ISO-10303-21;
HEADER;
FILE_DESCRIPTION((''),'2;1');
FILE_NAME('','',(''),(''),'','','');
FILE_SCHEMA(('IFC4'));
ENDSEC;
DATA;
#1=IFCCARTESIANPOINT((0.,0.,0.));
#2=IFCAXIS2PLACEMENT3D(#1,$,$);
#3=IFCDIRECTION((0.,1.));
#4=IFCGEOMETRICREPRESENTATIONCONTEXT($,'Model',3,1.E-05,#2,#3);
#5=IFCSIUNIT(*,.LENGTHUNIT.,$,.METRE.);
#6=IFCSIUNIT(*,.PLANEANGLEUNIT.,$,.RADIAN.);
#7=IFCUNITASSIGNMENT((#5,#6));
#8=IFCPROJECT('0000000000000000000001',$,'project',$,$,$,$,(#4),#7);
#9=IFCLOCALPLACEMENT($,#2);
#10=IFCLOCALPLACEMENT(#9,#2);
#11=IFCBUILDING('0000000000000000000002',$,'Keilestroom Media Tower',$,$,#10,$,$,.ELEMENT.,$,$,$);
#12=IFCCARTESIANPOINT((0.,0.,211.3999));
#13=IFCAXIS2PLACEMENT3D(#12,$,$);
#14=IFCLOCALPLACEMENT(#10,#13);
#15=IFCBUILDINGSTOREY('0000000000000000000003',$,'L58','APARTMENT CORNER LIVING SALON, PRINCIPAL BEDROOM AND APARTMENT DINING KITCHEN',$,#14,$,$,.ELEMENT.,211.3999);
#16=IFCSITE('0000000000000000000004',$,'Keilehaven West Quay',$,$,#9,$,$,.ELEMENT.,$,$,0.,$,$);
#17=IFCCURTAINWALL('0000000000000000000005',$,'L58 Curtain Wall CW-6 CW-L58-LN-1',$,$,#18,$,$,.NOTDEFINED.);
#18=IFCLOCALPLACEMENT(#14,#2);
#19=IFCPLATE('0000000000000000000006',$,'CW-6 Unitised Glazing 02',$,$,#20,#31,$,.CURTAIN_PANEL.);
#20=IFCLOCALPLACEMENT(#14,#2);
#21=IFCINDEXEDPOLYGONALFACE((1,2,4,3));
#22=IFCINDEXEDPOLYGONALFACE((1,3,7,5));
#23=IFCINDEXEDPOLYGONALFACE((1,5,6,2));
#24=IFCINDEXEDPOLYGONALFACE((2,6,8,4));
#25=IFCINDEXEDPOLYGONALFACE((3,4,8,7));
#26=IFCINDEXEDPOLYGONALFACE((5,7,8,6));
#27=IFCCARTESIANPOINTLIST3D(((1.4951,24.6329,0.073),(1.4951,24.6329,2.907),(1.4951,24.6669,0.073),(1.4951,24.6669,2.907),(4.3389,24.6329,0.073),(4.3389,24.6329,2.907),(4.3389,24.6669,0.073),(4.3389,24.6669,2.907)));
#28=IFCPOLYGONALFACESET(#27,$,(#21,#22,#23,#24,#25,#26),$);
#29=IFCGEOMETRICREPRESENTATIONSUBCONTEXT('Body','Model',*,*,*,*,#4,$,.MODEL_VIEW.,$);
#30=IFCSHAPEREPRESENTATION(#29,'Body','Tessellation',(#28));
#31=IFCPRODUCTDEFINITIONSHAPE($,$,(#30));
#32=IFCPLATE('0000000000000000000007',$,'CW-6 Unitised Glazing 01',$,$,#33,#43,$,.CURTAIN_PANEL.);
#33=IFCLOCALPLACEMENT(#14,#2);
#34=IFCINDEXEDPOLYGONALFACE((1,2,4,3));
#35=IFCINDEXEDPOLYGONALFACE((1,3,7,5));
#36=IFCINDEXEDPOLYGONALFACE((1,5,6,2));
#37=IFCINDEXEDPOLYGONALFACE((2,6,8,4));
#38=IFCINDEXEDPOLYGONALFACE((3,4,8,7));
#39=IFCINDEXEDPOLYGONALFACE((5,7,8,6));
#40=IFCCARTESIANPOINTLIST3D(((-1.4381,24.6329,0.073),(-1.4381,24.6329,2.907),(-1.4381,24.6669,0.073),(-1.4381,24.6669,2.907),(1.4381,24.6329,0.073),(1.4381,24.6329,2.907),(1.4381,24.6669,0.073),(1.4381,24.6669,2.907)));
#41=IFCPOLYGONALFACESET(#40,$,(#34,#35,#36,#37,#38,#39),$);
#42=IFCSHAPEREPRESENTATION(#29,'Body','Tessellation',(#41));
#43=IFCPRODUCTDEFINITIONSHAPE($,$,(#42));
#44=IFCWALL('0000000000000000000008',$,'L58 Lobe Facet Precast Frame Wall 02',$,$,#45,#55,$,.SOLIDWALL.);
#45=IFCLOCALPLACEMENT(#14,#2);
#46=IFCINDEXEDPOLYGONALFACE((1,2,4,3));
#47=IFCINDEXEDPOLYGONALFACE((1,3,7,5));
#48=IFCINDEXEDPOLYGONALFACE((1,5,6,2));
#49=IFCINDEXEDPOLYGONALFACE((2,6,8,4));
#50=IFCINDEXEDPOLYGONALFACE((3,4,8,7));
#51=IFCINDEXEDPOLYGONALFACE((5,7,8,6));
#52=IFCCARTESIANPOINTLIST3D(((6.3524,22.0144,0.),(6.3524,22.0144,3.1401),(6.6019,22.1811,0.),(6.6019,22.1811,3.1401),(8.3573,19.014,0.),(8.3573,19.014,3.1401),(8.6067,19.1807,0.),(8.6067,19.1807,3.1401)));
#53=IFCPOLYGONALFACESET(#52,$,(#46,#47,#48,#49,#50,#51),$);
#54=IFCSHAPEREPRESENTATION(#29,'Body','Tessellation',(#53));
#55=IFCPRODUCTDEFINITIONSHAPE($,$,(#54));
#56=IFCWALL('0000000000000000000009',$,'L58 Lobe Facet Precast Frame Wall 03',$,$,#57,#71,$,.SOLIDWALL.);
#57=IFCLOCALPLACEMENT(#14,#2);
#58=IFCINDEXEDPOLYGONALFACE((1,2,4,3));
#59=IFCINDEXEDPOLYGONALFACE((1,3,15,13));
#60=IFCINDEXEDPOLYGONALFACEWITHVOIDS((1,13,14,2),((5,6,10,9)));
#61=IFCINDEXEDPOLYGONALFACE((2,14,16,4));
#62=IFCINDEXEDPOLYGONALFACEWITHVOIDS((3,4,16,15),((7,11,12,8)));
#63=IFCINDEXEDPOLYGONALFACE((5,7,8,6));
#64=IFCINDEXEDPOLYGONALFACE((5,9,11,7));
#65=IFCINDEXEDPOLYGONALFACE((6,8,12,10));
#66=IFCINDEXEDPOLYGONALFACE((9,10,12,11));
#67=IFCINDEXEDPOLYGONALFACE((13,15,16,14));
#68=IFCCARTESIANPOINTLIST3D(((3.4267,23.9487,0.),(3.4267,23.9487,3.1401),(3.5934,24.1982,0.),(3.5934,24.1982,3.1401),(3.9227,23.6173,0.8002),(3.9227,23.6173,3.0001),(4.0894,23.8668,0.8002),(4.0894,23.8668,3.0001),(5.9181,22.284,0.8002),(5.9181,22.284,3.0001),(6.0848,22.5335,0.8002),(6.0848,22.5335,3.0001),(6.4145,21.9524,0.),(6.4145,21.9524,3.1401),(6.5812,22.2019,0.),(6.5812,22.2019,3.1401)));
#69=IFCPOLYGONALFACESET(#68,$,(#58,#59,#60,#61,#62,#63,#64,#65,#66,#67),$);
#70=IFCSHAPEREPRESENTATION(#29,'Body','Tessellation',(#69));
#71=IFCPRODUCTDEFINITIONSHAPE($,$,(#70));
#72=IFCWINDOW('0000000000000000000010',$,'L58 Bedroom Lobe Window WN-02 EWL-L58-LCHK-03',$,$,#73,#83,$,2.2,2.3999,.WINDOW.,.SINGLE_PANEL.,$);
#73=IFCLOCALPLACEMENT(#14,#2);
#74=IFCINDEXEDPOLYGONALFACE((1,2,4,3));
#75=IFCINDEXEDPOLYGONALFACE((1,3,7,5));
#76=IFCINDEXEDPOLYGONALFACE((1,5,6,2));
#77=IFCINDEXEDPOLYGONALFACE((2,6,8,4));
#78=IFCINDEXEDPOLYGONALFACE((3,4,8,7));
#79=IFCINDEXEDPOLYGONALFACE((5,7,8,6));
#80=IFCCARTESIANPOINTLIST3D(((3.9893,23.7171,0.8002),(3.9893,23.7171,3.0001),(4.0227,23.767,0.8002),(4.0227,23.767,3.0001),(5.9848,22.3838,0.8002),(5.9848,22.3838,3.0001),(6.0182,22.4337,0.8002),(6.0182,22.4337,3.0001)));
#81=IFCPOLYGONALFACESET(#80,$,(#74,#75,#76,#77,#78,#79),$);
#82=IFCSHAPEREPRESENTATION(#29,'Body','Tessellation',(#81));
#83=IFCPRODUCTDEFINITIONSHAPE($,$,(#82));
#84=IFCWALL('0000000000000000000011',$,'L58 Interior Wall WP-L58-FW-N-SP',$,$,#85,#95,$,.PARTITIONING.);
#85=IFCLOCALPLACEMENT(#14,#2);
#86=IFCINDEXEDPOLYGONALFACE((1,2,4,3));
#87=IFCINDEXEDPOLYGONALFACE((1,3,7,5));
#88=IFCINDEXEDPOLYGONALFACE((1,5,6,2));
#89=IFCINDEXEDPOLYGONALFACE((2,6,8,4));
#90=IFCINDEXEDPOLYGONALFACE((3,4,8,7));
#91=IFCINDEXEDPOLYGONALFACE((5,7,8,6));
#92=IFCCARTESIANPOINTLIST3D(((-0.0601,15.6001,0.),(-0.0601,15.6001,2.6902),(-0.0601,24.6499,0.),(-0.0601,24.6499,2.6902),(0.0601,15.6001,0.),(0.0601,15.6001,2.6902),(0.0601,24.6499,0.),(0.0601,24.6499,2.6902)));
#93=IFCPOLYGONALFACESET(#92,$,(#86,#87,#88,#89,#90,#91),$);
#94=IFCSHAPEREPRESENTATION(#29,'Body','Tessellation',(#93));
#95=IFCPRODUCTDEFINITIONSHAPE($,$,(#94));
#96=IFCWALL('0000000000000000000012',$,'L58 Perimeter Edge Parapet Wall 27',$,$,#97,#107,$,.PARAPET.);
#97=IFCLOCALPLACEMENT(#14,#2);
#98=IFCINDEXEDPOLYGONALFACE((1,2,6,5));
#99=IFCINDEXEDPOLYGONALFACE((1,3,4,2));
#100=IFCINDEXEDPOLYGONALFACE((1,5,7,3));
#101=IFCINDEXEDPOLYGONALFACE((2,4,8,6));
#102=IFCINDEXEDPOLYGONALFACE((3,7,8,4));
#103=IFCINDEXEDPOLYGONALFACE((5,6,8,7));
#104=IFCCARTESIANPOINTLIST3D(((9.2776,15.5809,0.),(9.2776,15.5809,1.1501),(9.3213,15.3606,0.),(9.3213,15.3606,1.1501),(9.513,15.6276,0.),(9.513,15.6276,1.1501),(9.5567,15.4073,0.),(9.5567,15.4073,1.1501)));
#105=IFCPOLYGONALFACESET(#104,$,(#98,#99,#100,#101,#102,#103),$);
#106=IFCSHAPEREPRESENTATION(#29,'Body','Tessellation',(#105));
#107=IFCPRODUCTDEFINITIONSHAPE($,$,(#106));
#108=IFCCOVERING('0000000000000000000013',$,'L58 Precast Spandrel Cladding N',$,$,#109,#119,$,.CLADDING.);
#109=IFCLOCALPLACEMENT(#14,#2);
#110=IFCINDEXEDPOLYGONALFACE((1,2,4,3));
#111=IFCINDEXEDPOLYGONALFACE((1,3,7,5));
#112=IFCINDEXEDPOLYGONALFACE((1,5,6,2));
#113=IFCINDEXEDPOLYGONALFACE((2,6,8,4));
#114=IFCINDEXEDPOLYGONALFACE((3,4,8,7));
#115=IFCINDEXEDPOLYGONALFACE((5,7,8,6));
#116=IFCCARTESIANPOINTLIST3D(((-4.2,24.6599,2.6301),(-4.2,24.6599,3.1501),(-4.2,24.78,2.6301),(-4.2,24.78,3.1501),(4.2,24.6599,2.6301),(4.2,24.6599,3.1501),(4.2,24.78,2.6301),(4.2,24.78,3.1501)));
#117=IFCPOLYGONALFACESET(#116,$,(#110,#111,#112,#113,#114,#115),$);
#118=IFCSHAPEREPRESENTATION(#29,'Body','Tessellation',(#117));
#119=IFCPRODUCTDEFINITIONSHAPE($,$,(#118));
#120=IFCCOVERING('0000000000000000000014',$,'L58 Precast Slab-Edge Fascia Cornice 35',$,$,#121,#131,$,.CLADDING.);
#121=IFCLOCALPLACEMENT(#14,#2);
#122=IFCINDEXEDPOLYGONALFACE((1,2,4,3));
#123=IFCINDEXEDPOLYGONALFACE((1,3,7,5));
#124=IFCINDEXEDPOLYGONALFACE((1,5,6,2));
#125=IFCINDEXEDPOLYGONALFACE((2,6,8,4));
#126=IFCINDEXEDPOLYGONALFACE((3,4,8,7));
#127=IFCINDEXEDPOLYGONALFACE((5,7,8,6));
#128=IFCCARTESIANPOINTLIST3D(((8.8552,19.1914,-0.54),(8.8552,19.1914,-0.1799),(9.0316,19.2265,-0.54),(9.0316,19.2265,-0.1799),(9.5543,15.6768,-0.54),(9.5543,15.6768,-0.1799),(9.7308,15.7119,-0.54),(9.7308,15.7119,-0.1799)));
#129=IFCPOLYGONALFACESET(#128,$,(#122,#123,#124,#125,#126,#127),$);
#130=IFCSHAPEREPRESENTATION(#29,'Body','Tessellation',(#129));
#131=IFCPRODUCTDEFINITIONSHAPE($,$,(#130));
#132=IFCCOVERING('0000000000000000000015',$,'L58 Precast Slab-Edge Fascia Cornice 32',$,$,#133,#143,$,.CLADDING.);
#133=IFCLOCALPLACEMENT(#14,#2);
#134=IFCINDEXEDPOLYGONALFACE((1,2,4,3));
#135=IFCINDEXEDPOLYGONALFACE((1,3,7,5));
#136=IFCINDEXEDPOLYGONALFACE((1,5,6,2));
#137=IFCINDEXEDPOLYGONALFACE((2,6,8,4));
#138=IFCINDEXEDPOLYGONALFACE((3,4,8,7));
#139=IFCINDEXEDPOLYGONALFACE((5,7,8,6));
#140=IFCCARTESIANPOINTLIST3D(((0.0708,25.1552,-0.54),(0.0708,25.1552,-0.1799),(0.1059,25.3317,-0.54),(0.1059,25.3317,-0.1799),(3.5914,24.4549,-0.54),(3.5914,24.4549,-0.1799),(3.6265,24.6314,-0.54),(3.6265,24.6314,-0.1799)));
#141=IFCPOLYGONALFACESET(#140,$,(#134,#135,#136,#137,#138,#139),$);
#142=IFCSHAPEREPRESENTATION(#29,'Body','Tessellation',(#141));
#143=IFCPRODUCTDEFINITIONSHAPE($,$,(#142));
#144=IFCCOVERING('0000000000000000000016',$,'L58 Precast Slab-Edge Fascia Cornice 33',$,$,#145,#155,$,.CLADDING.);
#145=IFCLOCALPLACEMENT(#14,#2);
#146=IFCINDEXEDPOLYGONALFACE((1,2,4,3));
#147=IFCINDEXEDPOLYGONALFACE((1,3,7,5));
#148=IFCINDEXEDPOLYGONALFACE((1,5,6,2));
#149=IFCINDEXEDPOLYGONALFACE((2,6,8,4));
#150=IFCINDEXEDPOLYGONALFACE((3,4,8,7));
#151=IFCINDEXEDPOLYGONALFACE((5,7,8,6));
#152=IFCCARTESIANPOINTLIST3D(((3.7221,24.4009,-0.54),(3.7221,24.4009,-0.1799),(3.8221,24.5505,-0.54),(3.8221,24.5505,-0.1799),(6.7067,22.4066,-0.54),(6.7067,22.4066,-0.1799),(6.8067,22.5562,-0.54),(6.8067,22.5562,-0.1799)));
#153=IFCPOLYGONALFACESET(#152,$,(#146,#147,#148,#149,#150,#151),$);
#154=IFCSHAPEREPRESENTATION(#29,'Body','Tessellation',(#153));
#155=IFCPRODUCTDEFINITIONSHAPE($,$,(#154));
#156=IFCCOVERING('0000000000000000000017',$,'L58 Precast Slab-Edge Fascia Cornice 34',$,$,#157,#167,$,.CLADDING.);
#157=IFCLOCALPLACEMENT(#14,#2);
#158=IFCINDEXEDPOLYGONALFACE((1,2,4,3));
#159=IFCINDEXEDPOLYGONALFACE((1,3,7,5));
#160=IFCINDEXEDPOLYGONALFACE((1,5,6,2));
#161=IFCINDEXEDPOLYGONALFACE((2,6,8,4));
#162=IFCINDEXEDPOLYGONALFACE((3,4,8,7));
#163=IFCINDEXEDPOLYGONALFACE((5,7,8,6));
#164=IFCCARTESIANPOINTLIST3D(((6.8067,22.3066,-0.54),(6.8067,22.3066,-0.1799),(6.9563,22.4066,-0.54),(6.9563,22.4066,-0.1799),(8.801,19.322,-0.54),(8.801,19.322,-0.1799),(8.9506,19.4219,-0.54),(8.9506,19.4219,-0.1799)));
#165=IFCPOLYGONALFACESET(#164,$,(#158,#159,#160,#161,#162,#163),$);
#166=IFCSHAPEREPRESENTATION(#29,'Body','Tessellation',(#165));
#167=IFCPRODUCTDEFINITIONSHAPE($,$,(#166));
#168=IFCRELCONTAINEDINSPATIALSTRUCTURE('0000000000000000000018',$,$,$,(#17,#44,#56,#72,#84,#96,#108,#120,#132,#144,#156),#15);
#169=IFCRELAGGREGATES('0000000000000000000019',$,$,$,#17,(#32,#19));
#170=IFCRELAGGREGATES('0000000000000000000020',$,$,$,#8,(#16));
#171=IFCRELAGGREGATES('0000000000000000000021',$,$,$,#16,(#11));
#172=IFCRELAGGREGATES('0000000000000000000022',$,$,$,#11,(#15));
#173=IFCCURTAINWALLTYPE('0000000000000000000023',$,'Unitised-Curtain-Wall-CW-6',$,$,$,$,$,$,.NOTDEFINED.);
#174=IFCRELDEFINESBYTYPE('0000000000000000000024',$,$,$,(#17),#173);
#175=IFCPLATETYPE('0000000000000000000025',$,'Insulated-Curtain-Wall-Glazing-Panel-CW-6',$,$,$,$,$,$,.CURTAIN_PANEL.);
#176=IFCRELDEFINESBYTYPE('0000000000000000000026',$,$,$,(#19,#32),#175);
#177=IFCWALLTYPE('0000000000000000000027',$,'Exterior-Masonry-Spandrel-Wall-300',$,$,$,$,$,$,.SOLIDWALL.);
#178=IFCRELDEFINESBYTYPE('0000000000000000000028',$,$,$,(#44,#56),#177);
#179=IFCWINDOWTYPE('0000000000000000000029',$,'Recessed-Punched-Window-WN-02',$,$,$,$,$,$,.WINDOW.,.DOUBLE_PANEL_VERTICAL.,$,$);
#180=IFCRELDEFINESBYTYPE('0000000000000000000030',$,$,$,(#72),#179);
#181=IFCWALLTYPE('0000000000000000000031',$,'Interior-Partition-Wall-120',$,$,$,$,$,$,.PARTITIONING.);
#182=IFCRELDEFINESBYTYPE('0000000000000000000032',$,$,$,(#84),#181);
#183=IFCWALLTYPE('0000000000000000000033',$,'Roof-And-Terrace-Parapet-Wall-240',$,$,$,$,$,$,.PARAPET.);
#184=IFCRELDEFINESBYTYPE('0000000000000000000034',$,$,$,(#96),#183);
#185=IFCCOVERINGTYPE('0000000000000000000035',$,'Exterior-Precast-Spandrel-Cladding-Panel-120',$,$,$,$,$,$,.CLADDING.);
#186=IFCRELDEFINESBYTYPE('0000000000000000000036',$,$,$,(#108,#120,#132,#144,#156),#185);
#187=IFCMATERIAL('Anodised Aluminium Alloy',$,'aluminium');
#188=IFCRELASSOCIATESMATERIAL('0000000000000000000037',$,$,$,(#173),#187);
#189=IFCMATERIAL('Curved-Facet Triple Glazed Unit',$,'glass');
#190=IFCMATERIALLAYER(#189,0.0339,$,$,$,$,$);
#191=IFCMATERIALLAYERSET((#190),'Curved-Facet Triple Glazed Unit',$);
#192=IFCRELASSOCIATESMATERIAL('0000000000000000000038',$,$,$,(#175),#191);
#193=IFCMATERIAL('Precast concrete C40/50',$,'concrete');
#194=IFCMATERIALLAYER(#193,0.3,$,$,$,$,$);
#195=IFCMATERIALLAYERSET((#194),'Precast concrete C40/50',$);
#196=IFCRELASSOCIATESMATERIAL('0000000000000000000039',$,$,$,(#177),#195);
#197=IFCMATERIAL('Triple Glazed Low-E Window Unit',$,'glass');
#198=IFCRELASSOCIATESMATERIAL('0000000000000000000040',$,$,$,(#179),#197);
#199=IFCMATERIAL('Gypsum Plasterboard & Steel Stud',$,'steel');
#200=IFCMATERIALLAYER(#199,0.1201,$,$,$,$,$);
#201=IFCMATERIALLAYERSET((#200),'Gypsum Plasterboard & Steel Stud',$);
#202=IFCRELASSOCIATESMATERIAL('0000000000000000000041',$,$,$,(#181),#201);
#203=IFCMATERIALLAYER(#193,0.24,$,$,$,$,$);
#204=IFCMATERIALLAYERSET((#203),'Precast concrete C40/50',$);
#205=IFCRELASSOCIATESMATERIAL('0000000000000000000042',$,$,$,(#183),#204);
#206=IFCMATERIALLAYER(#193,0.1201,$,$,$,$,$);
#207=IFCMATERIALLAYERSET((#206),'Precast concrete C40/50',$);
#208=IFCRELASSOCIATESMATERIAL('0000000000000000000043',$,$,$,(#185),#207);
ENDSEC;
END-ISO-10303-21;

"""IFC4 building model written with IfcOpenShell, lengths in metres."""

from ifc_helpers import new_model, si_unit, direction, frame, frame_2d, origin, origin_2d, place, context, subcontext, project, spatial, rectangle, extrude, source, transform, mapped, material, layer, layer_set, type_object, element, fill, aggregate, save


model = new_model("IFC4")

# Units and contexts
model_context = context("Model", 3, precision=1e-05, world=origin(), true_north=direction((0.0, 1.0)))
body_context = subcontext(model_context, "Body", "Model", "MODEL_VIEW")
ifc_project = project(units=[si_unit("LENGTHUNIT", "METRE"), si_unit("PLANEANGLEUNIT", "RADIAN")], contexts=[model_context])

# Site, building, storey
site_placement = place(None, origin())
site = spatial("IfcSite", under=ifc_project, at=site_placement, Name="Keilehaven West Quay", CompositionType="ELEMENT", RefElevation=0.0)
building_placement = place(site_placement, origin())
building = spatial("IfcBuilding", under=site, at=building_placement, Name="Keilestroom Media Tower", CompositionType="ELEMENT")
storey_placement = place(building_placement, frame((0.0, 0.0, 211.3999)))
storey = spatial("IfcBuildingStorey", under=building, at=storey_placement, Name="L58", Description="APARTMENT CORNER LIVING SALON, PRINCIPAL BEDROOM AND APARTMENT DINING KITCHEN", CompositionType="ELEMENT", Elevation=211.3999)

# Curtain wall, plates
ifc_material_1 = material(Name="Anodised Aluminium Alloy", Category="aluminium")
curtain_wall_type = type_object("IfcCurtainWallType", Name="Unitised-Curtain-Wall-CW-6", PredefinedType="NOTDEFINED", material=ifc_material_1)
curtain_wall_placement = place(storey_placement, origin())
curtain_wall = element("IfcCurtainWall", 1, at=curtain_wall_placement, inside=storey, type_object=curtain_wall_type, Name="L58 Curtain Wall CW-6 CW-L58-LN-1", PredefinedType="NOTDEFINED")
ifc_material_2 = material(Name="Curved-Facet Triple Glazed Unit", Category="glass")
ifc_layer_1 = layer(ifc_material_2, 0.0339)
ifc_layer_set_1 = layer_set([ifc_layer_1], Name="Curved-Facet Triple Glazed Unit")
plate_type = type_object("IfcPlateType", Name="Insulated-Curtain-Wall-Glazing-Panel-CW-6", PredefinedType="CURTAIN_PANEL", material=ifc_layer_set_1)
shared_shape_1 = source(origin(), body_context, "Body", "SweptSolid", [
    extrude(rectangle(XDim=2.8438, YDim=0.0339, at=origin_2d()), origin(), (0.0, 0.0, 1.0), 2.834),
])
plate_1_placement = place(storey_placement, frame((2.917, 24.6499, 0.073), z_axis=(0.0, 0.0, 1.0), x_axis=(1.0, 0.0, 0.0)))
plate_1 = element("IfcPlate", 2, at=plate_1_placement, type_object=plate_type, Name="CW-6 Unitised Glazing 02", PredefinedType="CURTAIN_PANEL", context=body_context, shape_type="MappedRepresentation", body=[
    mapped(shared_shape_1, transform((0.0, 0.0, 0.0), x_axis=(1.0, 0.0, 0.0), y_axis=(0.0, 1.0, 0.0), z_axis=(0.0, 0.0, 1.0), scale=1.0)),
])
shared_shape_2 = source(origin(), body_context, "Body", "SweptSolid", [
    extrude(rectangle(XDim=2.8762, YDim=0.0339, at=origin_2d()), origin(), (0.0, 0.0, 1.0), 2.834),
])
plate_2_placement = place(storey_placement, frame((0.0, 24.6499, 0.073), z_axis=(0.0, 0.0, 1.0), x_axis=(1.0, 0.0, 0.0)))
plate_2 = element("IfcPlate", 3, at=plate_2_placement, type_object=plate_type, Name="CW-6 Unitised Glazing 01", PredefinedType="CURTAIN_PANEL", context=body_context, shape_type="MappedRepresentation", body=[
    mapped(shared_shape_2, transform((0.0, 0.0, 0.0), x_axis=(1.0, 0.0, 0.0), y_axis=(0.0, 1.0, 0.0), z_axis=(0.0, 0.0, 1.0), scale=1.0)),
])
aggregate(curtain_wall, [plate_2, plate_1])

# Wall
ifc_material_3 = material(Name="Precast concrete C40/50", Category="concrete")
ifc_layer_2 = layer(ifc_material_3, 0.3)
ifc_layer_set_2 = layer_set([ifc_layer_2], Name="Precast concrete C40/50")
wall_type_1 = type_object("IfcWallType", Name="Exterior-Masonry-Spandrel-Wall-300", PredefinedType="SOLIDWALL", material=ifc_layer_set_2)
wall_1_placement = place(storey_placement, frame((8.4819, 19.0974, 0.0), z_axis=(0.0, 0.0, 1.0), x_axis=(-0.555574, 0.831467, 0.0)))
element("IfcWall", 4, at=wall_1_placement, inside=storey, type_object=wall_type_1, Name="L58 Lobe Facet Precast Frame Wall 02", PredefinedType="SOLIDWALL", context=body_context, shape_type="SweptSolid", body=[
    extrude(rectangle(XDim=3.6086, YDim=0.3, at=frame_2d((1.8042, 0.0))), origin(), (0.0, 0.0, 1.0), 3.1401),
])

# Wall, opening, window
wall_2_placement = place(storey_placement, frame((6.4978, 22.0771, 0.0), z_axis=(0.0, 0.0, 1.0), x_axis=(-0.831475, 0.555562, 0.0)))
wall_2 = element("IfcWall", 5, at=wall_2_placement, inside=storey, type_object=wall_type_1, Name="L58 Lobe Facet Precast Frame Wall 03", PredefinedType="SOLIDWALL", context=body_context, shape_type="SweptSolid", body=[
    extrude(rectangle(XDim=3.5933, YDim=0.3, at=frame_2d((1.7966, 0.0))), origin(), (0.0, 0.0, 1.0), 3.1401),
])
opening_placement = place(wall_2_placement, frame((0.5969, 0.0, 0.8)))
opening = element("IfcOpeningElement", 6, at=opening_placement, cuts=wall_2, PredefinedType="OPENING", context=body_context, shape_type="SweptSolid", body=[
    extrude(rectangle(XDim=2.3999, YDim=2.2, at=frame_2d((1.2, 1.1001))), frame((0.0, 0.1602, 0.0), z_axis=(0.0, -1.0, 0.0), x_axis=(1.0, 0.0, 0.0)), (0.0, 0.0, 1.0), 0.3201),
])
ifc_material_4 = material(Name="Triple Glazed Low-E Window Unit", Category="glass")
window_type = type_object("IfcWindowType", Name="Recessed-Punched-Window-WN-02", PartitioningType="DOUBLE_PANEL_VERTICAL", PredefinedType="WINDOW", material=ifc_material_4)
shared_shape_3 = source(origin(), body_context, "Body", "SweptSolid", [
    extrude(rectangle(XDim=2.3999, YDim=2.2, at=frame_2d((1.2, 1.1001))), frame((0.0, 0.03, 0.0), z_axis=(0.0, -1.0, 0.0), x_axis=(1.0, 0.0, 0.0)), (0.0, 0.0, 1.0), 0.0601),
])
window_placement = place(opening_placement, origin())
window = element("IfcWindow", 7, at=window_placement, inside=storey, type_object=window_type, Name="L58 Bedroom Lobe Window WN-02 EWL-L58-LCHK-03", OverallHeight=2.2, OverallWidth=2.3999, PartitioningType="SINGLE_PANEL", PredefinedType="WINDOW", context=body_context, shape_type="MappedRepresentation", body=[
    mapped(shared_shape_3, transform((0.0, 0.0, 0.0), x_axis=(1.0, 0.0, 0.0), y_axis=(0.0, 1.0, 0.0), z_axis=(0.0, 0.0, 1.0), scale=1.0)),
])
fill(opening, window)

# Walls
ifc_material_5 = material(Name="Gypsum Plasterboard & Steel Stud", Category="steel")
ifc_layer_3 = layer(ifc_material_5, 0.1201)
ifc_layer_set_3 = layer_set([ifc_layer_3], Name="Gypsum Plasterboard & Steel Stud")
wall_type_2 = type_object("IfcWallType", Name="Interior-Partition-Wall-120", PredefinedType="PARTITIONING", material=ifc_layer_set_3)
wall_3_placement = place(storey_placement, frame((0.0, 15.6001, 0.0), z_axis=(0.0, 0.0, 1.0), x_axis=(0.0, 1.0, 0.0)))
element("IfcWall", 8, at=wall_3_placement, inside=storey, type_object=wall_type_2, Name="L58 Interior Wall WP-L58-FW-N-SP", PredefinedType="PARTITIONING", context=body_context, shape_type="SweptSolid", body=[
    extrude(rectangle(XDim=9.0498, YDim=0.1201, at=frame_2d((4.5249, 0.0))), origin(), (0.0, 0.0, 1.0), 2.6902),
])
ifc_layer_4 = layer(ifc_material_3, 0.24)
ifc_layer_set_4 = layer_set([ifc_layer_4], Name="Precast concrete C40/50")
wall_type_3 = type_object("IfcWallType", Name="Roof-And-Terrace-Parapet-Wall-240", PredefinedType="PARAPET", material=ifc_layer_set_4)
wall_4_placement = place(storey_placement, frame((9.3953, 15.6042, 0.0), z_axis=(0.0, 0.0, 1.0), x_axis=(0.194652, -0.980872, 0.0)))
element("IfcWall", 9, at=wall_4_placement, inside=storey, type_object=wall_type_3, Name="L58 Perimeter Edge Parapet Wall 27", PredefinedType="PARAPET", context=body_context, shape_type="SweptSolid", body=[
    extrude(rectangle(XDim=0.2246, YDim=0.24, at=frame_2d((0.1123, 0.0))), origin(), (0.0, 0.0, 1.0), 1.1501),
])

# Coverings
ifc_layer_5 = layer(ifc_material_3, 0.1201)
ifc_layer_set_5 = layer_set([ifc_layer_5], Name="Precast concrete C40/50")
covering_type = type_object("IfcCoveringType", Name="Exterior-Precast-Spandrel-Cladding-Panel-120", PredefinedType="CLADDING", material=ifc_layer_set_5)
shared_shape_4 = source(origin(), body_context, "Body", "SweptSolid", [
    extrude(rectangle(XDim=8.3999, YDim=0.1201, at=origin_2d()), origin(), (0.0, 0.0, 1.0), 0.52),
])
covering_1_placement = place(storey_placement, frame((0.0, 24.72, 2.6301), z_axis=(0.0, 0.0, 1.0), x_axis=(1.0, 0.0, 0.0)))
element("IfcCovering", 10, at=covering_1_placement, inside=storey, type_object=covering_type, Name="L58 Precast Spandrel Cladding N", PredefinedType="CLADDING", context=body_context, shape_type="MappedRepresentation", body=[
    mapped(shared_shape_4, transform((0.0, 0.0, 0.0), x_axis=(1.0, 0.0, 0.0), y_axis=(0.0, 1.0, 0.0), z_axis=(0.0, 0.0, 1.0), scale=1.0)),
])
shared_shape_5 = source(origin(), body_context, "Body", "SweptSolid", [
    extrude(rectangle(XDim=3.5835, YDim=0.1799, at=origin_2d()), origin(), (0.0, 0.0, 1.0), 0.3601),
])
covering_2_placement = place(storey_placement, frame((9.293, 17.4517, -0.54), z_axis=(0.0, 0.0, 1.0), x_axis=(0.195099, -0.980784, 0.0)))
element("IfcCovering", 11, at=covering_2_placement, inside=storey, type_object=covering_type, Name="L58 Precast Slab-Edge Fascia Cornice 35", PredefinedType="CLADDING", context=body_context, shape_type="MappedRepresentation", body=[
    mapped(shared_shape_5, transform((0.0, 0.0, 0.0), x_axis=(1.0, 0.0, 0.0), y_axis=(0.0, 1.0, 0.0), z_axis=(0.0, 0.0, 1.0), scale=1.0)),
])
shared_shape_6 = source(origin(), body_context, "Body", "SweptSolid", [
    extrude(rectangle(XDim=3.5896, YDim=0.1799, at=origin_2d()), origin(), (0.0, 0.0, 1.0), 0.3601),
])
for number, where, z_axis, x_axis, name in (
    (12, (1.8486, 24.8933, -0.54), (0.0, 0.0, 1.0), (0.980784, -0.195099, 0.0), "L58 Precast Slab-Edge Fascia Cornice 32"),
    (13, (5.2644, 23.4785, -0.54), (0.0, 0.0, 1.0), (0.831467, -0.555575, 0.0), "L58 Precast Slab-Edge Fascia Cornice 33"),
    (14, (7.8787, 20.8643, -0.54), (0.0, 0.0, 1.0), (0.555575, -0.831467, 0.0), "L58 Precast Slab-Edge Fascia Cornice 34"),
):
    element("IfcCovering", number, at=place(storey_placement, frame(where, z_axis=z_axis, x_axis=x_axis)), inside=storey, type_object=covering_type, Name=name, PredefinedType="CLADDING", context=body_context, shape_type="MappedRepresentation", body=[
        mapped(shared_shape_6, transform((0.0, 0.0, 0.0), x_axis=(1.0, 0.0, 0.0), y_axis=(0.0, 1.0, 0.0), z_axis=(0.0, 0.0, 1.0), scale=1.0)),
    ])

save(model, "model.ifc")
